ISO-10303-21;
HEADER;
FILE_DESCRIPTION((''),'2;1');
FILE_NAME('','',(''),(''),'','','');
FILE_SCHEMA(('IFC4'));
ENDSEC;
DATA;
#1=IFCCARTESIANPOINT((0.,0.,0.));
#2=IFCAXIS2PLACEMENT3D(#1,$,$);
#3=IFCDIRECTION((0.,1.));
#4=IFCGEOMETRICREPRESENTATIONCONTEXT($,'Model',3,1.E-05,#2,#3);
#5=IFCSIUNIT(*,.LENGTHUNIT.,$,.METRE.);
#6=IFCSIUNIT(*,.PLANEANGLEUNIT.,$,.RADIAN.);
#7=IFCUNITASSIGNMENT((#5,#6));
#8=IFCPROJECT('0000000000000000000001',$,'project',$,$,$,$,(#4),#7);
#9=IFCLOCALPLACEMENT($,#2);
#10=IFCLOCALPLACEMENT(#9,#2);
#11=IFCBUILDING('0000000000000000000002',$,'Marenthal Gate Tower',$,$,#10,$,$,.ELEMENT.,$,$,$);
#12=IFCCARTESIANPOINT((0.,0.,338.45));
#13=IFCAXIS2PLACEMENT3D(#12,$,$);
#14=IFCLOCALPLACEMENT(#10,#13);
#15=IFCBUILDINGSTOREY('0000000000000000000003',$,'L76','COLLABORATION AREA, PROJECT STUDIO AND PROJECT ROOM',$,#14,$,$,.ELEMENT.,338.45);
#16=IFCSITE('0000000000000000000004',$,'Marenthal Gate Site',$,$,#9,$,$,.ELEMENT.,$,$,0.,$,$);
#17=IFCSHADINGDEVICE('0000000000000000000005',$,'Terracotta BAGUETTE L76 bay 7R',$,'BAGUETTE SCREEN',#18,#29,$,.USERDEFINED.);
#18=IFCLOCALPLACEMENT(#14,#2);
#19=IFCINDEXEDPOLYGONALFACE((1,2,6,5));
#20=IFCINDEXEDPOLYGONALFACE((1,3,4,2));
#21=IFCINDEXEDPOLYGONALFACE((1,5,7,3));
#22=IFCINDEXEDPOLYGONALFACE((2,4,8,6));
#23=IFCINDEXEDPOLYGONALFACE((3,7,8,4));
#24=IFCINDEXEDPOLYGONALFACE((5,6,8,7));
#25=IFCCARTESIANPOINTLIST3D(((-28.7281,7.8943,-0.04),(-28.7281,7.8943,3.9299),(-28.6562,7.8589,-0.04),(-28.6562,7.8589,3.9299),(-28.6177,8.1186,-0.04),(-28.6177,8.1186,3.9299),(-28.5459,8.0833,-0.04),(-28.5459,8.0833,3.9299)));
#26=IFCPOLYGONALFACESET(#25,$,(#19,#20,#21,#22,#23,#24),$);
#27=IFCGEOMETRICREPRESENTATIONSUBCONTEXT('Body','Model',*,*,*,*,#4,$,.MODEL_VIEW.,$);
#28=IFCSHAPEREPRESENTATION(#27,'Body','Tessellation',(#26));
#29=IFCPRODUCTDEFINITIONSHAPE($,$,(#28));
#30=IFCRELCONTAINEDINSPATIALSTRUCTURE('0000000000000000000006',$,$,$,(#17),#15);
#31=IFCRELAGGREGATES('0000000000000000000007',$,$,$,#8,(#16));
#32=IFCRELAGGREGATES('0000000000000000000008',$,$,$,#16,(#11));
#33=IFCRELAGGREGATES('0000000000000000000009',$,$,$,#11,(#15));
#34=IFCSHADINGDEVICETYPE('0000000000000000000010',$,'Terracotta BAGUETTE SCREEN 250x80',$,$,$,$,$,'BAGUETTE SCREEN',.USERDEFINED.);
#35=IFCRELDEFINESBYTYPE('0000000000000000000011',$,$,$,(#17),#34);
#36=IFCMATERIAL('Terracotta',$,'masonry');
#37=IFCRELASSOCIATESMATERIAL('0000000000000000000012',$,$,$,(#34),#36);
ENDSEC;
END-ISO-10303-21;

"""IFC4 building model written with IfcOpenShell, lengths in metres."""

from ifc_helpers import new_model, si_unit, direction, frame, origin, origin_2d, place, context, subcontext, project, spatial, rectangle, extrude, material, material_profile, profile_set, type_object, element, save


model = new_model("IFC4")

# Units and contexts
model_context = context("Model", 3, precision=1e-05, world=origin(), true_north=direction((0.0, 1.0)))
body_context = subcontext(model_context, "Body", "Model", "MODEL_VIEW")
ifc_project = project(units=[si_unit("LENGTHUNIT", "METRE"), si_unit("PLANEANGLEUNIT", "RADIAN")], contexts=[model_context])

# Site, building, storey
site_placement = place(None, origin())
site = spatial("IfcSite", under=ifc_project, at=site_placement, Name="Marenthal Gate Site", CompositionType="ELEMENT", RefElevation=0.0)
building_placement = place(site_placement, origin())
building = spatial("IfcBuilding", under=site, at=building_placement, Name="Marenthal Gate Tower", CompositionType="ELEMENT")
storey_placement = place(building_placement, frame((0.0, 0.0, 338.45)))
storey = spatial("IfcBuildingStorey", under=building, at=storey_placement, Name="L76", Description="COLLABORATION AREA, PROJECT STUDIO AND PROJECT ROOM", CompositionType="ELEMENT", Elevation=338.45)

# Shading device
ifc_material_1 = material(Name="Terracotta", Category="masonry")
ifc_material_profile_1 = material_profile(ifc_material_1, rectangle(XDim=0.25, YDim=0.0801, at=origin_2d()), Name="Terracotta baguette 250x80")
ifc_profile_set_1 = profile_set([ifc_material_profile_1], Name="Terracotta")
shading_device_type = type_object("IfcShadingDeviceType", Name="Terracotta BAGUETTE SCREEN 250x80", ElementType="BAGUETTE SCREEN", PredefinedType="USERDEFINED", material=ifc_profile_set_1)
shading_device_placement = place(storey_placement, frame((-28.637, 7.9888, -0.04), z_axis=(0.0, 0.0, 1.0), x_axis=(-0.441298, -0.897361, 0.0)))
element("IfcShadingDevice", 1, at=shading_device_placement, inside=storey, type_object=shading_device_type, Name="Terracotta BAGUETTE L76 bay 7R", ObjectType="BAGUETTE SCREEN", PredefinedType="USERDEFINED", context=body_context, shape_type="SweptSolid", body=[
    extrude(rectangle(XDim=0.25, YDim=0.0801, at=origin_2d()), origin(), (0.0, 0.0, 1.0), 3.97),
])

save(model, "model.ifc")
